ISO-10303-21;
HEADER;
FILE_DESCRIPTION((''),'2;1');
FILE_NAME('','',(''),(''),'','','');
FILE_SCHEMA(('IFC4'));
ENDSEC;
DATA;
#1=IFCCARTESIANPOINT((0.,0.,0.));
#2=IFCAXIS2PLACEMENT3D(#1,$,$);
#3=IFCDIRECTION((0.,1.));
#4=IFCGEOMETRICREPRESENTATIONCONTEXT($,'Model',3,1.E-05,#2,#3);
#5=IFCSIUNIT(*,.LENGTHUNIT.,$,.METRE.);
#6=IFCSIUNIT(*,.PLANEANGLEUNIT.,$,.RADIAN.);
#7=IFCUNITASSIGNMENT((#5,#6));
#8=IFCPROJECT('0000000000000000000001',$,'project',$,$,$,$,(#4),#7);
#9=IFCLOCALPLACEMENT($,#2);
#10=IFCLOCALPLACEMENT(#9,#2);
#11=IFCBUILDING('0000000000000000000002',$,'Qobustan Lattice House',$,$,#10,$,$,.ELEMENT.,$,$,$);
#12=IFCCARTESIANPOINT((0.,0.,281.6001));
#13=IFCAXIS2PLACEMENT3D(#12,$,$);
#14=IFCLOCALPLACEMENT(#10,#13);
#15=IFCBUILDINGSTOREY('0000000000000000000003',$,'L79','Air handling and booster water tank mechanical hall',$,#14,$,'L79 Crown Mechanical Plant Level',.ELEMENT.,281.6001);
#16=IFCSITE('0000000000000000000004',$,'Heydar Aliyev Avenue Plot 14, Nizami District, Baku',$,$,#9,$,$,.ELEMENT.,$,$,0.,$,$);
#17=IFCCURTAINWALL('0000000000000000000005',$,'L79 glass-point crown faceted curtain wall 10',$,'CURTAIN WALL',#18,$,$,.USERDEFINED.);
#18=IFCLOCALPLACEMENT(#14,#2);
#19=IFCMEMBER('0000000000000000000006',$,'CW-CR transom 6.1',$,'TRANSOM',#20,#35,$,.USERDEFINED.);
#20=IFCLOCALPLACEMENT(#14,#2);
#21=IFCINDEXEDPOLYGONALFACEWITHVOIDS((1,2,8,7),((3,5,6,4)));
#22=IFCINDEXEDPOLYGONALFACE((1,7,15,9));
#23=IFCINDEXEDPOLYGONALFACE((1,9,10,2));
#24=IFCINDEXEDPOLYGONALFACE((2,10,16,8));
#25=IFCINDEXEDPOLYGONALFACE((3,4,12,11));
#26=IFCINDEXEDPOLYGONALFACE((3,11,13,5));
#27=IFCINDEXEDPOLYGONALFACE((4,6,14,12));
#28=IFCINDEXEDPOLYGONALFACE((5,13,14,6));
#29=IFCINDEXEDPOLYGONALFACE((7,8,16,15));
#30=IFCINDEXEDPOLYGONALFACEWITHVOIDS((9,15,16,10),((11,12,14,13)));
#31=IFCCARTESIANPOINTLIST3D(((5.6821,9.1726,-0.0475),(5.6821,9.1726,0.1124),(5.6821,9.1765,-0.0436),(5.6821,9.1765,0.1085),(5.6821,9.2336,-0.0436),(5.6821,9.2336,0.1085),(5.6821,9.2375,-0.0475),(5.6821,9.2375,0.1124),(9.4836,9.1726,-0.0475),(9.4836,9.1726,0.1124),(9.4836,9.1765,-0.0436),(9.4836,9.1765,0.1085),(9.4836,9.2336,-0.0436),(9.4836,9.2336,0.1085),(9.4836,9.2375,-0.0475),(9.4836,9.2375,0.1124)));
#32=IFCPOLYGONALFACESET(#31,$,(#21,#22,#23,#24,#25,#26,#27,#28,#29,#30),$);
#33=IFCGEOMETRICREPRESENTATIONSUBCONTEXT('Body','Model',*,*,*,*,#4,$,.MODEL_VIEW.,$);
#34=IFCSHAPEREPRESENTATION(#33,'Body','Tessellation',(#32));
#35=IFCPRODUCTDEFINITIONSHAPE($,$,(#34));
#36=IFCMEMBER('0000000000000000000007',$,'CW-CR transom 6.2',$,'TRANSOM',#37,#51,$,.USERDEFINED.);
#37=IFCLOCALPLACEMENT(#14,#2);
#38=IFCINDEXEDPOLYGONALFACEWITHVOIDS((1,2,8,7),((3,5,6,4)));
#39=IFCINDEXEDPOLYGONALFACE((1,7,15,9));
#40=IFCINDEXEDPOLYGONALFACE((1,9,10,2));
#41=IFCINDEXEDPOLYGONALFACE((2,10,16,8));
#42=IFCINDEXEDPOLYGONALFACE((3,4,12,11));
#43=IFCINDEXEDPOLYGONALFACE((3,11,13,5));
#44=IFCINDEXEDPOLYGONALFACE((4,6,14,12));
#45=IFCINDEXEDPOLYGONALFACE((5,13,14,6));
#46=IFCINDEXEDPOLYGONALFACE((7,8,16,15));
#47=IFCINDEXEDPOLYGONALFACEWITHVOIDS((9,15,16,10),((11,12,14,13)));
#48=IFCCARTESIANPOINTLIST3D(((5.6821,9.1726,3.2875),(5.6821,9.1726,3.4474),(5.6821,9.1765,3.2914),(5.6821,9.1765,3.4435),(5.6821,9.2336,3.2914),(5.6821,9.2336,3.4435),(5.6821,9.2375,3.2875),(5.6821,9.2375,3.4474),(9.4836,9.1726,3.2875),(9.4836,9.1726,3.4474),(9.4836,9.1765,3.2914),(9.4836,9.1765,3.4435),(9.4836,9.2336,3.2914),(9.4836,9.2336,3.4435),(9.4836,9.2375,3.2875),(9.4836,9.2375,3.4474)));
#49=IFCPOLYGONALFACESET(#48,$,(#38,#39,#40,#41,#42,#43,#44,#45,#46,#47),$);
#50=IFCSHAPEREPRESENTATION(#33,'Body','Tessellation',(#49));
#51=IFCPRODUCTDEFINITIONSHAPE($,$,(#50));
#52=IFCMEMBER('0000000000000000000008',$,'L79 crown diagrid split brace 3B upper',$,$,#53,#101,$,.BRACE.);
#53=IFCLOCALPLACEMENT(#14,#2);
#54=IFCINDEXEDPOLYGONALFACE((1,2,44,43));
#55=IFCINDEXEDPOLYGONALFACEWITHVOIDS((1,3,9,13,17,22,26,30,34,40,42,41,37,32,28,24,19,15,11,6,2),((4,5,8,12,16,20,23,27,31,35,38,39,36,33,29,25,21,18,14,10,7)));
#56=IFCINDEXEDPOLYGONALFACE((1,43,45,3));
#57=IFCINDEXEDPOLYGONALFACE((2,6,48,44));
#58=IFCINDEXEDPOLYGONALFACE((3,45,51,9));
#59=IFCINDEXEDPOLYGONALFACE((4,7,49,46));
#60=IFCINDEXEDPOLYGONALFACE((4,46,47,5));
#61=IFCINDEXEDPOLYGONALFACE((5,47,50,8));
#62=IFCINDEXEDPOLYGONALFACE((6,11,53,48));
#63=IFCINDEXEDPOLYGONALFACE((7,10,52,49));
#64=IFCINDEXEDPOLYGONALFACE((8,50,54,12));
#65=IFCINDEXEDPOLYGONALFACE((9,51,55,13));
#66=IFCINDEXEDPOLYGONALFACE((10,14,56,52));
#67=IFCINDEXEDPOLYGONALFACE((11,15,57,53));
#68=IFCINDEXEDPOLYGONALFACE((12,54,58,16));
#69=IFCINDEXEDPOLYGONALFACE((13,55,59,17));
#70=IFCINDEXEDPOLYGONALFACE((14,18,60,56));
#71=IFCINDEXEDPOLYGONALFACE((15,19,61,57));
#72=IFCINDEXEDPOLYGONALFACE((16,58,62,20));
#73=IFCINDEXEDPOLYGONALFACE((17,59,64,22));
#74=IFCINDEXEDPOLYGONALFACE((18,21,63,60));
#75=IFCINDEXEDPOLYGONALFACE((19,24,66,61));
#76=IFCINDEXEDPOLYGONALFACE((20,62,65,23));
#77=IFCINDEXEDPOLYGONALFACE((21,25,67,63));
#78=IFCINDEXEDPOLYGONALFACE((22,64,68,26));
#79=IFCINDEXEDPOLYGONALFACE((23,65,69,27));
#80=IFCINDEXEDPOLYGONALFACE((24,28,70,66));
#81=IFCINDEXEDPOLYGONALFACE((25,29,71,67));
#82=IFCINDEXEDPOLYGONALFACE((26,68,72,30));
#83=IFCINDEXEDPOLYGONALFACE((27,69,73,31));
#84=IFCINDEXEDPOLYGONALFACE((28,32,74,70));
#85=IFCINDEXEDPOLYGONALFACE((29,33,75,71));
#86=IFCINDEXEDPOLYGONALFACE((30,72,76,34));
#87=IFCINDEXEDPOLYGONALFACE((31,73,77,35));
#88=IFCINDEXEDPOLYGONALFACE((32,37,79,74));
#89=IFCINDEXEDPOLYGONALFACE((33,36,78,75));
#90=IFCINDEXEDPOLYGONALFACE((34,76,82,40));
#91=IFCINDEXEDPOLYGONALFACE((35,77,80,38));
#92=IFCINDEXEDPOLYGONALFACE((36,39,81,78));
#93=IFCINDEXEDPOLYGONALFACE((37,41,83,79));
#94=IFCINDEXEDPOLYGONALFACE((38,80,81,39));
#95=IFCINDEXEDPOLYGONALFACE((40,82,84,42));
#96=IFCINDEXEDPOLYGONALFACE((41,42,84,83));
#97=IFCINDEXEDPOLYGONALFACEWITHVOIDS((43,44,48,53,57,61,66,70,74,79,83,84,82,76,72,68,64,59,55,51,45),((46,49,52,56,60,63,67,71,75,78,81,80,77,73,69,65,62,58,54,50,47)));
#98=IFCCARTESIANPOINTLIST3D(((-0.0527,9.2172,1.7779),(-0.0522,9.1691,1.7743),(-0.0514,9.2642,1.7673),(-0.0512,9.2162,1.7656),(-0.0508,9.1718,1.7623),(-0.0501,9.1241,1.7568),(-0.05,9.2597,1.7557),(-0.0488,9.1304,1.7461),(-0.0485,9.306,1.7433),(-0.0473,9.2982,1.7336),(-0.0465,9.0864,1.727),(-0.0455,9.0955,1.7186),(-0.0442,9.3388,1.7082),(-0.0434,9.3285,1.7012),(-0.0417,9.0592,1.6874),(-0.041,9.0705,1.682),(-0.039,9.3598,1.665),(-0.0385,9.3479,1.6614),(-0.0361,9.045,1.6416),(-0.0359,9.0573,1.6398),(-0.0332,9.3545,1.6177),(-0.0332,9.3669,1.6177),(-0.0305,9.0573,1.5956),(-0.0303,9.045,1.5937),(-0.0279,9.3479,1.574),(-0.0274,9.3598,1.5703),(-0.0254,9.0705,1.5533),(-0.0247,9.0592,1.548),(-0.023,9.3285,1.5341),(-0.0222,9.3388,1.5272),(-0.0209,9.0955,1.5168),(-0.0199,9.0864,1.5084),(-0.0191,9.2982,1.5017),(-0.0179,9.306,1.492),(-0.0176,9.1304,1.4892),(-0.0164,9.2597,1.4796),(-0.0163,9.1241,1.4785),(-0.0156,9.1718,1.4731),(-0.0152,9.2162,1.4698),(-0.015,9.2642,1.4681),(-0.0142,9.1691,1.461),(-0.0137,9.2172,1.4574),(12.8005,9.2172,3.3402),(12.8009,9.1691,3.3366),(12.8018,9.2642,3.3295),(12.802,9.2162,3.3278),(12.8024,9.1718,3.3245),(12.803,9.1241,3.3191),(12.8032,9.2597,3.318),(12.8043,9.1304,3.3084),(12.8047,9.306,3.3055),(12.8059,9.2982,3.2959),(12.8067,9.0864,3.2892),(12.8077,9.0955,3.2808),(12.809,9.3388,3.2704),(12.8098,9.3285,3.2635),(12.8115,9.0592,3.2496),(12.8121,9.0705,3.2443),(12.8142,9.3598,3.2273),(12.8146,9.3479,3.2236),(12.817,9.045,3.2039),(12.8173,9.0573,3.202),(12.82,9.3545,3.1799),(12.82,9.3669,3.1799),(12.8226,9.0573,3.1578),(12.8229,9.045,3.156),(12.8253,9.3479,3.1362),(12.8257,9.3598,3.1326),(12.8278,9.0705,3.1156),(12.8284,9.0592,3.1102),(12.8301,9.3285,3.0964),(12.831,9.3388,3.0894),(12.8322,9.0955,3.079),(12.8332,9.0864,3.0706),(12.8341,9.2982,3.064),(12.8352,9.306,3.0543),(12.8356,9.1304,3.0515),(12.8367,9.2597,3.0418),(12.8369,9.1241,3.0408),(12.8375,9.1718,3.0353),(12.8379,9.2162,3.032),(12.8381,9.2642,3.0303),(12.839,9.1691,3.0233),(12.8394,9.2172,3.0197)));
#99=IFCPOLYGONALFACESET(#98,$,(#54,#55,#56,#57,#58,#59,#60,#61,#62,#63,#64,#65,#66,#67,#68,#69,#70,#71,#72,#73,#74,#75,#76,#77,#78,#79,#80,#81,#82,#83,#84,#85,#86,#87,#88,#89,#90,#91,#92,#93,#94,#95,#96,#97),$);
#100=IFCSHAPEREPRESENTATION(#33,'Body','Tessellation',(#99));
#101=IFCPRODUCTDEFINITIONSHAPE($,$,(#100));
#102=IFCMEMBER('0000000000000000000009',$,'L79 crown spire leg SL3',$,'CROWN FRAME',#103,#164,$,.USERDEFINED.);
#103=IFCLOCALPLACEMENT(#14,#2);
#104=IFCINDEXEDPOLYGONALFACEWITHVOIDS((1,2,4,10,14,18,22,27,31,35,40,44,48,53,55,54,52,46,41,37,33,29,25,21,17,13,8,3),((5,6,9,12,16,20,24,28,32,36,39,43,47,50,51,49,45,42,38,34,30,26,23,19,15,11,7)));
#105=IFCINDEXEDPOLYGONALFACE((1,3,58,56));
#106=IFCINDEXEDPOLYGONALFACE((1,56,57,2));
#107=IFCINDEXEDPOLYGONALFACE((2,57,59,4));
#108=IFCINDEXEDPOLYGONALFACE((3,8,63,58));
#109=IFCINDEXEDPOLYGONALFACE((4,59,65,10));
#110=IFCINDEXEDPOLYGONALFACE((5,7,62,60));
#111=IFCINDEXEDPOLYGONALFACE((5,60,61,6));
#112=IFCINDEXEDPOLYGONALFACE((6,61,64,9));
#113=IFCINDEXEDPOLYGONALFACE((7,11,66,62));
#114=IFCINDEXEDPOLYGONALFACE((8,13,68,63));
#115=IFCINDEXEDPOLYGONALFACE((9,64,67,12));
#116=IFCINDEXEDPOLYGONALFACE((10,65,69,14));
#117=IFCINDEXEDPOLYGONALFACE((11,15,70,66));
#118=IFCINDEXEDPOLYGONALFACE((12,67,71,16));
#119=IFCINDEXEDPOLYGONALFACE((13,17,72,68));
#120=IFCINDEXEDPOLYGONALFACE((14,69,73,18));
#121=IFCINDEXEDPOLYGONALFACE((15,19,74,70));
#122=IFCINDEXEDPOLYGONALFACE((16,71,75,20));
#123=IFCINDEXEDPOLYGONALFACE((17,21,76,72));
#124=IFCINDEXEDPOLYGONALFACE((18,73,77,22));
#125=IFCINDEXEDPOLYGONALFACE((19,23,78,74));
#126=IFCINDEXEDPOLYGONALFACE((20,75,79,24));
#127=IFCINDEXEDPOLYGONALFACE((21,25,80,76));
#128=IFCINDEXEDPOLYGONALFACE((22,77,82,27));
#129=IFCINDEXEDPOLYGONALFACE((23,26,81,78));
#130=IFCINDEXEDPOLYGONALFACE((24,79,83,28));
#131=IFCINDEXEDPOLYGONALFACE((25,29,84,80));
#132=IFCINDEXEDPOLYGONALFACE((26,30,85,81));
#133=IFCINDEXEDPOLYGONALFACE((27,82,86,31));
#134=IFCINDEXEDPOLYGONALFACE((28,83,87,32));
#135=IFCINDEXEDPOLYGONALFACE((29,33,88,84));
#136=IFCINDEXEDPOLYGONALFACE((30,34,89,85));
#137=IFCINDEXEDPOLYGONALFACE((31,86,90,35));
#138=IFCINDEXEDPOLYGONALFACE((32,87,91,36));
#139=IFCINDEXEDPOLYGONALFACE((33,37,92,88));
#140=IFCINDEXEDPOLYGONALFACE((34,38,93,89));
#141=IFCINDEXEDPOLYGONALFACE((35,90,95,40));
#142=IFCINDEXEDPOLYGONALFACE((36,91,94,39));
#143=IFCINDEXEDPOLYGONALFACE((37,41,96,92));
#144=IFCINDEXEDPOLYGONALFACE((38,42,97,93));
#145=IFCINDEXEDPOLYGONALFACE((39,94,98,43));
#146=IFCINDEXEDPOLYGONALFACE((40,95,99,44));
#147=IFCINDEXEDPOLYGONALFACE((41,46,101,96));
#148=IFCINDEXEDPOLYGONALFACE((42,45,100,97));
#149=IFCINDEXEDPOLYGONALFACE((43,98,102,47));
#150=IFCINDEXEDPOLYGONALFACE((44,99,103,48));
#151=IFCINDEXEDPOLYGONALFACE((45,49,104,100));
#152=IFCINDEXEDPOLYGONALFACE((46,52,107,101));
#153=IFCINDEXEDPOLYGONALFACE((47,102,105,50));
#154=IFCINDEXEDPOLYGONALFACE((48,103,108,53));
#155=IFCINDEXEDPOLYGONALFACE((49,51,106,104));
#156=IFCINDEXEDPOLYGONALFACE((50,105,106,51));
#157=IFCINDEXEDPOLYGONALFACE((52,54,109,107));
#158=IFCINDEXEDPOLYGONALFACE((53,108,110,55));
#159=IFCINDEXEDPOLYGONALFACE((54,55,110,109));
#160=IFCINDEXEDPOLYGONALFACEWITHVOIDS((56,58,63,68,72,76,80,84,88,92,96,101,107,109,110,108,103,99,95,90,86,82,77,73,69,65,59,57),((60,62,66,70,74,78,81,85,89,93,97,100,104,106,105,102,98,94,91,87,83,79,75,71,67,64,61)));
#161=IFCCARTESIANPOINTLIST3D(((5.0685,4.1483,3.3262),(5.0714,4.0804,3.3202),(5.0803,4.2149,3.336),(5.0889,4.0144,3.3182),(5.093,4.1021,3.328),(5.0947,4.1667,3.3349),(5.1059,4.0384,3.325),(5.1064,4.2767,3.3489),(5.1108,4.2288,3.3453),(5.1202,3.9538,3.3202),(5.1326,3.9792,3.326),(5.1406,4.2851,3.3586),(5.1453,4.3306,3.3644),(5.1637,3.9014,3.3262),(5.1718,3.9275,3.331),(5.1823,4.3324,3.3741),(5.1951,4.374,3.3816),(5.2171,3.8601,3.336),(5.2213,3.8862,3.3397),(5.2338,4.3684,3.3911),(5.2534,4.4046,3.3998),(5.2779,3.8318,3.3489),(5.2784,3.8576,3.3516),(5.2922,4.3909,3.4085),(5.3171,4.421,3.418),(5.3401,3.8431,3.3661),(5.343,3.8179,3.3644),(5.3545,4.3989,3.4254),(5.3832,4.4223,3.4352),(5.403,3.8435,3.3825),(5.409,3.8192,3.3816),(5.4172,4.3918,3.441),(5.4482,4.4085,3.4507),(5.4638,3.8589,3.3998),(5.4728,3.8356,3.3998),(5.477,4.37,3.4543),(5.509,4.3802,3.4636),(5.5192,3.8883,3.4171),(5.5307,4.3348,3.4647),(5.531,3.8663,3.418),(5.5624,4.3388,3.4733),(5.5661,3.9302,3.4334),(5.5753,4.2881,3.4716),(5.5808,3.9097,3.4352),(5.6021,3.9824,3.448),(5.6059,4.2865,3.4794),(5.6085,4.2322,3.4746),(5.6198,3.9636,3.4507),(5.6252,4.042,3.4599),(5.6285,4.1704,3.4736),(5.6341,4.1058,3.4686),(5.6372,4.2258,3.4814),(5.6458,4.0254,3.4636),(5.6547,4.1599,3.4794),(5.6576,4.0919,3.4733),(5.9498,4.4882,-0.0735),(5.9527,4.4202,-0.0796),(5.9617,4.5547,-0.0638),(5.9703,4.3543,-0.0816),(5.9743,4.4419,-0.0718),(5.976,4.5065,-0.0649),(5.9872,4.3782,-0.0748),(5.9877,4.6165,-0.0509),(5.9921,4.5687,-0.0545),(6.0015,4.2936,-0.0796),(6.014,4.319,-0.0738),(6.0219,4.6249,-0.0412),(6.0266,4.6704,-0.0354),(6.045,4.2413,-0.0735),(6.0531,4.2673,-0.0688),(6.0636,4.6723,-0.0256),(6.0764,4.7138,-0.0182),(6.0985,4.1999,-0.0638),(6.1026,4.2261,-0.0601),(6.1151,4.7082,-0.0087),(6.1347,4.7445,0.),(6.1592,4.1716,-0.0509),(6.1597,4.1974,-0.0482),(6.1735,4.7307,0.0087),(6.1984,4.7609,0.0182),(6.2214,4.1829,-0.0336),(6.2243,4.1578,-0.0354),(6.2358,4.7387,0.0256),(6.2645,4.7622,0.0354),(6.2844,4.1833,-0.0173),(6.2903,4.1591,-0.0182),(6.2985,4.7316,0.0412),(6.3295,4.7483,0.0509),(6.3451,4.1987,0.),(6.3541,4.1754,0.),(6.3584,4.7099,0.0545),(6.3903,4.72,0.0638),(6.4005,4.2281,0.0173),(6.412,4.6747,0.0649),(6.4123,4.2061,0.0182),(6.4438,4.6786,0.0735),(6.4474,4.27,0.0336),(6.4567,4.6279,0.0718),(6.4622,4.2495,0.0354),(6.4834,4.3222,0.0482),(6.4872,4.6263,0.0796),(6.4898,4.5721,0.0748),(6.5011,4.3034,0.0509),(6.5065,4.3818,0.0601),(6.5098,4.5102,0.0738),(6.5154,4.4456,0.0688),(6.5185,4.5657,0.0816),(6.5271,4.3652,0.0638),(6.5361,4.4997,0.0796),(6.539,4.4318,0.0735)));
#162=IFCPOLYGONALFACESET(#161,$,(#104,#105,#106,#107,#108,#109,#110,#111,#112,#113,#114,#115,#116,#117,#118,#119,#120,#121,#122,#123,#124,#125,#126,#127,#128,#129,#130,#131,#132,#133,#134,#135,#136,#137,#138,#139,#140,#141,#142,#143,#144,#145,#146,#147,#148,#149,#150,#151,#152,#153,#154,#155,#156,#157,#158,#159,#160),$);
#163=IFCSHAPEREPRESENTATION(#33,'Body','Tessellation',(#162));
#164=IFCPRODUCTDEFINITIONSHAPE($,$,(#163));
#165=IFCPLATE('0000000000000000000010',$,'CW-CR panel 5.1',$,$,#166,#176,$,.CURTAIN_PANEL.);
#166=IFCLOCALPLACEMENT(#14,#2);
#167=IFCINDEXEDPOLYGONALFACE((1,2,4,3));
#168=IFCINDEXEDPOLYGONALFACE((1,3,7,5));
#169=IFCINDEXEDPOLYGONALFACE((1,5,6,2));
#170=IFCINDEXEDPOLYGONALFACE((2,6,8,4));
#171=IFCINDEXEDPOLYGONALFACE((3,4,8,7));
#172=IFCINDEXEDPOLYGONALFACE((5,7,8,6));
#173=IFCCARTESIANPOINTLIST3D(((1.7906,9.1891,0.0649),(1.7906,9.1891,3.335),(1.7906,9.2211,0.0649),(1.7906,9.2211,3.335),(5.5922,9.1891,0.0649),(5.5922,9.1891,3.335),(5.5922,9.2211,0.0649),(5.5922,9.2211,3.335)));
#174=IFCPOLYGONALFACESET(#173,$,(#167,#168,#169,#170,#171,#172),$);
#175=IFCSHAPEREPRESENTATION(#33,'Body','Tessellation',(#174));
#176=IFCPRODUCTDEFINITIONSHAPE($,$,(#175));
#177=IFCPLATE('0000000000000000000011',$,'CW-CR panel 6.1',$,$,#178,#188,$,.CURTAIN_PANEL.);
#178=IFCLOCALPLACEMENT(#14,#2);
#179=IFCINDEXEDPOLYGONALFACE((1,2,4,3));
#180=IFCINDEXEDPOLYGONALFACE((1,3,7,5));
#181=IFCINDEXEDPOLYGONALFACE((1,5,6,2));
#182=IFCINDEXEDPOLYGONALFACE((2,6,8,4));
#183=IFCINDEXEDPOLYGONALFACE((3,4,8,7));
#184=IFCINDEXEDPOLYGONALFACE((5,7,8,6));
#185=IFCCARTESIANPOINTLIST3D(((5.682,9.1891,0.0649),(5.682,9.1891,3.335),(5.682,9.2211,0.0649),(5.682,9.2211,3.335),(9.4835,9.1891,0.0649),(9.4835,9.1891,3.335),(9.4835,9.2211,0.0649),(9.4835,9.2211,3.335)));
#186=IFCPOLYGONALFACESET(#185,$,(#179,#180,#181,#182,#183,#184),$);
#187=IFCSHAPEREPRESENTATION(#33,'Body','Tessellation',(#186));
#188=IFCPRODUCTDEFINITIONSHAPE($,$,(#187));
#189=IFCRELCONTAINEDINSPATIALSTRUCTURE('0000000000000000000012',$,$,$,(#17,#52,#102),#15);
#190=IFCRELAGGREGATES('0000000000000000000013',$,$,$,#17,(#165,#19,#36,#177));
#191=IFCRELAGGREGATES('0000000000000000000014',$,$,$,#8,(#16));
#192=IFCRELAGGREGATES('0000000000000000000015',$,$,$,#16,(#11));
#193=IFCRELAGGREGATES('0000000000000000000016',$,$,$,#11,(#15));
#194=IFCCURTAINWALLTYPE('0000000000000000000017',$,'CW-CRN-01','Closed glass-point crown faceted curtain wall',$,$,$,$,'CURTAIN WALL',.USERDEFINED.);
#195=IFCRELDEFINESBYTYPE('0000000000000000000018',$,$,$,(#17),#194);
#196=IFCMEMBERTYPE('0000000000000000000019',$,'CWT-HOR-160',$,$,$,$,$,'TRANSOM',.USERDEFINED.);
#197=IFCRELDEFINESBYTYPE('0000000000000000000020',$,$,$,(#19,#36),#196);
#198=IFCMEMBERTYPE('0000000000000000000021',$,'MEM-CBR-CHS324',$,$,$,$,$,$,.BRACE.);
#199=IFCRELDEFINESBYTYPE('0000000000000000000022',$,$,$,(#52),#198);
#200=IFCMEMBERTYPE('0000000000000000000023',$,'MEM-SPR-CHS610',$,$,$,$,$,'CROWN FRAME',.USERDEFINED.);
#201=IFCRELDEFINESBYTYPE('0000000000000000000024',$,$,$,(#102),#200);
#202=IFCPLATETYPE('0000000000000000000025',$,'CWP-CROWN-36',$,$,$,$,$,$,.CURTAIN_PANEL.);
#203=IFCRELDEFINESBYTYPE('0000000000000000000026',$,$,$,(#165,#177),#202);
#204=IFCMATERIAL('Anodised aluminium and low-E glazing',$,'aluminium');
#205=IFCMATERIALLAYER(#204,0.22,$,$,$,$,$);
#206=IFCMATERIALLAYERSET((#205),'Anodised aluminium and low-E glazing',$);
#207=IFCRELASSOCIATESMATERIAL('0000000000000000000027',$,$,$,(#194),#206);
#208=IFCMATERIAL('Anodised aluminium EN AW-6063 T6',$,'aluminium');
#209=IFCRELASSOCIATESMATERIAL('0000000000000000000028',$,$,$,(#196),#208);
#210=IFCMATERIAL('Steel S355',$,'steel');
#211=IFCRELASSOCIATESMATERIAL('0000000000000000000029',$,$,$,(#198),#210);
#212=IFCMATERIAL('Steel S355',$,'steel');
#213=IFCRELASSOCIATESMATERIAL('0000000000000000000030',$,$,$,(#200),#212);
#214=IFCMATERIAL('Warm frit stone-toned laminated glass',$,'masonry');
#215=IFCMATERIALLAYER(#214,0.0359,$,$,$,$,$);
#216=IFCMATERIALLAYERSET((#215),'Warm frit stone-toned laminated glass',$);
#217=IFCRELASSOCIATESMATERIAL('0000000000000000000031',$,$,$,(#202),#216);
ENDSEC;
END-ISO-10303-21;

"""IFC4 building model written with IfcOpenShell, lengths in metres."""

from ifc_helpers import new_model, si_unit, direction, frame, origin, origin_2d, place, context, subcontext, project, spatial, rectangle, hollow_rectangle, hollow_circle, extrude, material, layer, layer_set, material_profile, profile_set, type_object, element, aggregate, save


model = new_model("IFC4")

# Units and contexts
model_context = context("Model", 3, precision=1e-05, world=origin(), true_north=direction((0.0, 1.0)))
body_context = subcontext(model_context, "Body", "Model", "MODEL_VIEW")
ifc_project = project(units=[si_unit("LENGTHUNIT", "METRE"), si_unit("PLANEANGLEUNIT", "RADIAN")], contexts=[model_context])

# Site, building, storey
site_placement = place(None, origin())
site = spatial("IfcSite", under=ifc_project, at=site_placement, Name="Heydar Aliyev Avenue Plot 14, Nizami District, Baku", CompositionType="ELEMENT", RefElevation=0.0)
building_placement = place(site_placement, origin())
building = spatial("IfcBuilding", under=site, at=building_placement, Name="Qobustan Lattice House", CompositionType="ELEMENT")
storey_placement = place(building_placement, frame((0.0, 0.0, 281.6001)))
storey = spatial("IfcBuildingStorey", under=building, at=storey_placement, Name="L79", Description="Air handling and booster water tank mechanical hall", LongName="L79 Crown Mechanical Plant Level", CompositionType="ELEMENT", Elevation=281.6001)

# Curtain wall, members
ifc_material_1 = material(Name="Anodised aluminium and low-E glazing", Category="aluminium")
ifc_layer_1 = layer(ifc_material_1, 0.22)
ifc_layer_set_1 = layer_set([ifc_layer_1], Name="Anodised aluminium and low-E glazing")
curtain_wall_type = type_object("IfcCurtainWallType", Name="CW-CRN-01", Description="Closed glass-point crown faceted curtain wall", ElementType="CURTAIN WALL", PredefinedType="USERDEFINED", material=ifc_layer_set_1)
curtain_wall_placement = place(storey_placement, origin())
curtain_wall = element("IfcCurtainWall", 1, at=curtain_wall_placement, inside=storey, type_object=curtain_wall_type, Name="L79 glass-point crown faceted curtain wall 10", ObjectType="CURTAIN WALL", PredefinedType="USERDEFINED")
ifc_material_2 = material(Name="Anodised aluminium EN AW-6063 T6", Category="aluminium")
ifc_material_profile_1 = material_profile(ifc_material_2, hollow_rectangle(XDim=0.0649, YDim=0.1599, WallThickness=0.0039, at=origin_2d()), Name="CWT-160x65")
ifc_profile_set_1 = profile_set([ifc_material_profile_1], Name="Anodised aluminium EN AW-6063 T6")
member_type_1 = type_object("IfcMemberType", Name="CWT-HOR-160", ElementType="TRANSOM", PredefinedType="USERDEFINED", material=ifc_profile_set_1)
member_1_placement = place(storey_placement, frame((5.6821, 9.2051, 0.0325), z_axis=(1.0, 0.0, 0.0), x_axis=(0.0, 1.0, 0.0)))
member_1 = element("IfcMember", 2, at=member_1_placement, type_object=member_type_1, Name="CW-CR transom 6.1", ObjectType="TRANSOM", PredefinedType="USERDEFINED", context=body_context, shape_type="SweptSolid", body=[
    extrude(hollow_rectangle(XDim=0.0649, YDim=0.1599, WallThickness=0.0039, at=origin_2d()), origin(), (0.0, 0.0, 1.0), 3.8015),
])
member_2_placement = place(storey_placement, frame((5.6821, 9.2051, 3.3674), z_axis=(1.0, 0.0, 0.0), x_axis=(0.0, 1.0, 0.0)))
member_2 = element("IfcMember", 3, at=member_2_placement, type_object=member_type_1, Name="CW-CR transom 6.2", ObjectType="TRANSOM", PredefinedType="USERDEFINED", context=body_context, shape_type="SweptSolid", body=[
    extrude(hollow_rectangle(XDim=0.0649, YDim=0.1599, WallThickness=0.0039, at=origin_2d()), origin(), (0.0, 0.0, 1.0), 3.8015),
])

# Members
ifc_material_3 = material(Name="Steel S355", Category="steel")
ifc_material_profile_2 = material_profile(ifc_material_3, hollow_circle(Radius=0.1619, WallThickness=0.0125, at=origin_2d()), Name="CHS323.9x12.5")
ifc_profile_set_2 = profile_set([ifc_material_profile_2], Name="Steel S355")
member_type_2 = type_object("IfcMemberType", Name="MEM-CBR-CHS324", PredefinedType="BRACE", material=ifc_profile_set_2)
member_3_placement = place(storey_placement, frame((-0.0332, 9.2051, 1.6177), z_axis=(0.992694, 0.0, 0.120657), x_axis=(0.0, 1.0, 0.0)))
element("IfcMember", 4, at=member_3_placement, inside=storey, type_object=member_type_2, Name="L79 crown diagrid split brace 3B upper", PredefinedType="BRACE", context=body_context, shape_type="SweptSolid", body=[
    extrude(hollow_circle(Radius=0.1619, WallThickness=0.0125, at=origin_2d()), origin(), (0.0, 0.0, 1.0), 12.9478),
])
ifc_material_4 = material(Name="Steel S355", Category="steel")
ifc_material_profile_3 = material_profile(ifc_material_4, hollow_circle(Radius=0.3049, WallThickness=0.0249, at=origin_2d()), Name="CHS610x25")
ifc_profile_set_3 = profile_set([ifc_material_profile_3], Name="Steel S355")
member_type_3 = type_object("IfcMemberType", Name="MEM-SPR-CHS610", ElementType="CROWN FRAME", PredefinedType="USERDEFINED", material=ifc_profile_set_3)
member_4_placement = place(storey_placement, frame((6.2444, 4.46, 0.0), z_axis=(-0.249767, -0.096309, 0.963505), x_axis=(0.359776, -0.933039, 0.0)))
element("IfcMember", 5, at=member_4_placement, inside=storey, type_object=member_type_3, Name="L79 crown spire leg SL3", ObjectType="CROWN FRAME", PredefinedType="USERDEFINED", context=body_context, shape_type="SweptSolid", body=[
    extrude(hollow_circle(Radius=0.3049, WallThickness=0.0249, at=origin_2d()), origin(), (0.0, 0.0, 1.0), 3.5286),
])

# Plates
ifc_material_5 = material(Name="Warm frit stone-toned laminated glass", Category="masonry")
ifc_layer_2 = layer(ifc_material_5, 0.0359)
ifc_layer_set_2 = layer_set([ifc_layer_2], Name="Warm frit stone-toned laminated glass")
plate_type_1 = type_object("IfcPlateType", Name="CWP-CROWN-36", PredefinedType="CURTAIN_PANEL", material=ifc_layer_set_2)
plate_1_placement = place(storey_placement, frame((3.6914, 9.2051, 0.0649), z_axis=(0.0, 0.0, 1.0), x_axis=(1.0, 0.0, 0.0)))
plate_1 = element("IfcPlate", 6, at=plate_1_placement, type_object=plate_type_1, Name="CW-CR panel 5.1", PredefinedType="CURTAIN_PANEL", context=body_context, shape_type="SweptSolid", body=[
    extrude(rectangle(XDim=3.8015, YDim=0.032, at=origin_2d()), origin(), (0.0, 0.0, 1.0), 3.27),
])
plate_2_placement = place(storey_placement, frame((7.5828, 9.2051, 0.0649), z_axis=(0.0, 0.0, 1.0), x_axis=(1.0, 0.0, 0.0)))
plate_2 = element("IfcPlate", 7, at=plate_2_placement, type_object=plate_type_1, Name="CW-CR panel 6.1", PredefinedType="CURTAIN_PANEL", context=body_context, shape_type="SweptSolid", body=[
    extrude(rectangle(XDim=3.8015, YDim=0.032, at=origin_2d()), origin(), (0.0, 0.0, 1.0), 3.27),
])
aggregate(curtain_wall, [plate_1, member_1, member_2, plate_2])

save(model, "model.ifc")
